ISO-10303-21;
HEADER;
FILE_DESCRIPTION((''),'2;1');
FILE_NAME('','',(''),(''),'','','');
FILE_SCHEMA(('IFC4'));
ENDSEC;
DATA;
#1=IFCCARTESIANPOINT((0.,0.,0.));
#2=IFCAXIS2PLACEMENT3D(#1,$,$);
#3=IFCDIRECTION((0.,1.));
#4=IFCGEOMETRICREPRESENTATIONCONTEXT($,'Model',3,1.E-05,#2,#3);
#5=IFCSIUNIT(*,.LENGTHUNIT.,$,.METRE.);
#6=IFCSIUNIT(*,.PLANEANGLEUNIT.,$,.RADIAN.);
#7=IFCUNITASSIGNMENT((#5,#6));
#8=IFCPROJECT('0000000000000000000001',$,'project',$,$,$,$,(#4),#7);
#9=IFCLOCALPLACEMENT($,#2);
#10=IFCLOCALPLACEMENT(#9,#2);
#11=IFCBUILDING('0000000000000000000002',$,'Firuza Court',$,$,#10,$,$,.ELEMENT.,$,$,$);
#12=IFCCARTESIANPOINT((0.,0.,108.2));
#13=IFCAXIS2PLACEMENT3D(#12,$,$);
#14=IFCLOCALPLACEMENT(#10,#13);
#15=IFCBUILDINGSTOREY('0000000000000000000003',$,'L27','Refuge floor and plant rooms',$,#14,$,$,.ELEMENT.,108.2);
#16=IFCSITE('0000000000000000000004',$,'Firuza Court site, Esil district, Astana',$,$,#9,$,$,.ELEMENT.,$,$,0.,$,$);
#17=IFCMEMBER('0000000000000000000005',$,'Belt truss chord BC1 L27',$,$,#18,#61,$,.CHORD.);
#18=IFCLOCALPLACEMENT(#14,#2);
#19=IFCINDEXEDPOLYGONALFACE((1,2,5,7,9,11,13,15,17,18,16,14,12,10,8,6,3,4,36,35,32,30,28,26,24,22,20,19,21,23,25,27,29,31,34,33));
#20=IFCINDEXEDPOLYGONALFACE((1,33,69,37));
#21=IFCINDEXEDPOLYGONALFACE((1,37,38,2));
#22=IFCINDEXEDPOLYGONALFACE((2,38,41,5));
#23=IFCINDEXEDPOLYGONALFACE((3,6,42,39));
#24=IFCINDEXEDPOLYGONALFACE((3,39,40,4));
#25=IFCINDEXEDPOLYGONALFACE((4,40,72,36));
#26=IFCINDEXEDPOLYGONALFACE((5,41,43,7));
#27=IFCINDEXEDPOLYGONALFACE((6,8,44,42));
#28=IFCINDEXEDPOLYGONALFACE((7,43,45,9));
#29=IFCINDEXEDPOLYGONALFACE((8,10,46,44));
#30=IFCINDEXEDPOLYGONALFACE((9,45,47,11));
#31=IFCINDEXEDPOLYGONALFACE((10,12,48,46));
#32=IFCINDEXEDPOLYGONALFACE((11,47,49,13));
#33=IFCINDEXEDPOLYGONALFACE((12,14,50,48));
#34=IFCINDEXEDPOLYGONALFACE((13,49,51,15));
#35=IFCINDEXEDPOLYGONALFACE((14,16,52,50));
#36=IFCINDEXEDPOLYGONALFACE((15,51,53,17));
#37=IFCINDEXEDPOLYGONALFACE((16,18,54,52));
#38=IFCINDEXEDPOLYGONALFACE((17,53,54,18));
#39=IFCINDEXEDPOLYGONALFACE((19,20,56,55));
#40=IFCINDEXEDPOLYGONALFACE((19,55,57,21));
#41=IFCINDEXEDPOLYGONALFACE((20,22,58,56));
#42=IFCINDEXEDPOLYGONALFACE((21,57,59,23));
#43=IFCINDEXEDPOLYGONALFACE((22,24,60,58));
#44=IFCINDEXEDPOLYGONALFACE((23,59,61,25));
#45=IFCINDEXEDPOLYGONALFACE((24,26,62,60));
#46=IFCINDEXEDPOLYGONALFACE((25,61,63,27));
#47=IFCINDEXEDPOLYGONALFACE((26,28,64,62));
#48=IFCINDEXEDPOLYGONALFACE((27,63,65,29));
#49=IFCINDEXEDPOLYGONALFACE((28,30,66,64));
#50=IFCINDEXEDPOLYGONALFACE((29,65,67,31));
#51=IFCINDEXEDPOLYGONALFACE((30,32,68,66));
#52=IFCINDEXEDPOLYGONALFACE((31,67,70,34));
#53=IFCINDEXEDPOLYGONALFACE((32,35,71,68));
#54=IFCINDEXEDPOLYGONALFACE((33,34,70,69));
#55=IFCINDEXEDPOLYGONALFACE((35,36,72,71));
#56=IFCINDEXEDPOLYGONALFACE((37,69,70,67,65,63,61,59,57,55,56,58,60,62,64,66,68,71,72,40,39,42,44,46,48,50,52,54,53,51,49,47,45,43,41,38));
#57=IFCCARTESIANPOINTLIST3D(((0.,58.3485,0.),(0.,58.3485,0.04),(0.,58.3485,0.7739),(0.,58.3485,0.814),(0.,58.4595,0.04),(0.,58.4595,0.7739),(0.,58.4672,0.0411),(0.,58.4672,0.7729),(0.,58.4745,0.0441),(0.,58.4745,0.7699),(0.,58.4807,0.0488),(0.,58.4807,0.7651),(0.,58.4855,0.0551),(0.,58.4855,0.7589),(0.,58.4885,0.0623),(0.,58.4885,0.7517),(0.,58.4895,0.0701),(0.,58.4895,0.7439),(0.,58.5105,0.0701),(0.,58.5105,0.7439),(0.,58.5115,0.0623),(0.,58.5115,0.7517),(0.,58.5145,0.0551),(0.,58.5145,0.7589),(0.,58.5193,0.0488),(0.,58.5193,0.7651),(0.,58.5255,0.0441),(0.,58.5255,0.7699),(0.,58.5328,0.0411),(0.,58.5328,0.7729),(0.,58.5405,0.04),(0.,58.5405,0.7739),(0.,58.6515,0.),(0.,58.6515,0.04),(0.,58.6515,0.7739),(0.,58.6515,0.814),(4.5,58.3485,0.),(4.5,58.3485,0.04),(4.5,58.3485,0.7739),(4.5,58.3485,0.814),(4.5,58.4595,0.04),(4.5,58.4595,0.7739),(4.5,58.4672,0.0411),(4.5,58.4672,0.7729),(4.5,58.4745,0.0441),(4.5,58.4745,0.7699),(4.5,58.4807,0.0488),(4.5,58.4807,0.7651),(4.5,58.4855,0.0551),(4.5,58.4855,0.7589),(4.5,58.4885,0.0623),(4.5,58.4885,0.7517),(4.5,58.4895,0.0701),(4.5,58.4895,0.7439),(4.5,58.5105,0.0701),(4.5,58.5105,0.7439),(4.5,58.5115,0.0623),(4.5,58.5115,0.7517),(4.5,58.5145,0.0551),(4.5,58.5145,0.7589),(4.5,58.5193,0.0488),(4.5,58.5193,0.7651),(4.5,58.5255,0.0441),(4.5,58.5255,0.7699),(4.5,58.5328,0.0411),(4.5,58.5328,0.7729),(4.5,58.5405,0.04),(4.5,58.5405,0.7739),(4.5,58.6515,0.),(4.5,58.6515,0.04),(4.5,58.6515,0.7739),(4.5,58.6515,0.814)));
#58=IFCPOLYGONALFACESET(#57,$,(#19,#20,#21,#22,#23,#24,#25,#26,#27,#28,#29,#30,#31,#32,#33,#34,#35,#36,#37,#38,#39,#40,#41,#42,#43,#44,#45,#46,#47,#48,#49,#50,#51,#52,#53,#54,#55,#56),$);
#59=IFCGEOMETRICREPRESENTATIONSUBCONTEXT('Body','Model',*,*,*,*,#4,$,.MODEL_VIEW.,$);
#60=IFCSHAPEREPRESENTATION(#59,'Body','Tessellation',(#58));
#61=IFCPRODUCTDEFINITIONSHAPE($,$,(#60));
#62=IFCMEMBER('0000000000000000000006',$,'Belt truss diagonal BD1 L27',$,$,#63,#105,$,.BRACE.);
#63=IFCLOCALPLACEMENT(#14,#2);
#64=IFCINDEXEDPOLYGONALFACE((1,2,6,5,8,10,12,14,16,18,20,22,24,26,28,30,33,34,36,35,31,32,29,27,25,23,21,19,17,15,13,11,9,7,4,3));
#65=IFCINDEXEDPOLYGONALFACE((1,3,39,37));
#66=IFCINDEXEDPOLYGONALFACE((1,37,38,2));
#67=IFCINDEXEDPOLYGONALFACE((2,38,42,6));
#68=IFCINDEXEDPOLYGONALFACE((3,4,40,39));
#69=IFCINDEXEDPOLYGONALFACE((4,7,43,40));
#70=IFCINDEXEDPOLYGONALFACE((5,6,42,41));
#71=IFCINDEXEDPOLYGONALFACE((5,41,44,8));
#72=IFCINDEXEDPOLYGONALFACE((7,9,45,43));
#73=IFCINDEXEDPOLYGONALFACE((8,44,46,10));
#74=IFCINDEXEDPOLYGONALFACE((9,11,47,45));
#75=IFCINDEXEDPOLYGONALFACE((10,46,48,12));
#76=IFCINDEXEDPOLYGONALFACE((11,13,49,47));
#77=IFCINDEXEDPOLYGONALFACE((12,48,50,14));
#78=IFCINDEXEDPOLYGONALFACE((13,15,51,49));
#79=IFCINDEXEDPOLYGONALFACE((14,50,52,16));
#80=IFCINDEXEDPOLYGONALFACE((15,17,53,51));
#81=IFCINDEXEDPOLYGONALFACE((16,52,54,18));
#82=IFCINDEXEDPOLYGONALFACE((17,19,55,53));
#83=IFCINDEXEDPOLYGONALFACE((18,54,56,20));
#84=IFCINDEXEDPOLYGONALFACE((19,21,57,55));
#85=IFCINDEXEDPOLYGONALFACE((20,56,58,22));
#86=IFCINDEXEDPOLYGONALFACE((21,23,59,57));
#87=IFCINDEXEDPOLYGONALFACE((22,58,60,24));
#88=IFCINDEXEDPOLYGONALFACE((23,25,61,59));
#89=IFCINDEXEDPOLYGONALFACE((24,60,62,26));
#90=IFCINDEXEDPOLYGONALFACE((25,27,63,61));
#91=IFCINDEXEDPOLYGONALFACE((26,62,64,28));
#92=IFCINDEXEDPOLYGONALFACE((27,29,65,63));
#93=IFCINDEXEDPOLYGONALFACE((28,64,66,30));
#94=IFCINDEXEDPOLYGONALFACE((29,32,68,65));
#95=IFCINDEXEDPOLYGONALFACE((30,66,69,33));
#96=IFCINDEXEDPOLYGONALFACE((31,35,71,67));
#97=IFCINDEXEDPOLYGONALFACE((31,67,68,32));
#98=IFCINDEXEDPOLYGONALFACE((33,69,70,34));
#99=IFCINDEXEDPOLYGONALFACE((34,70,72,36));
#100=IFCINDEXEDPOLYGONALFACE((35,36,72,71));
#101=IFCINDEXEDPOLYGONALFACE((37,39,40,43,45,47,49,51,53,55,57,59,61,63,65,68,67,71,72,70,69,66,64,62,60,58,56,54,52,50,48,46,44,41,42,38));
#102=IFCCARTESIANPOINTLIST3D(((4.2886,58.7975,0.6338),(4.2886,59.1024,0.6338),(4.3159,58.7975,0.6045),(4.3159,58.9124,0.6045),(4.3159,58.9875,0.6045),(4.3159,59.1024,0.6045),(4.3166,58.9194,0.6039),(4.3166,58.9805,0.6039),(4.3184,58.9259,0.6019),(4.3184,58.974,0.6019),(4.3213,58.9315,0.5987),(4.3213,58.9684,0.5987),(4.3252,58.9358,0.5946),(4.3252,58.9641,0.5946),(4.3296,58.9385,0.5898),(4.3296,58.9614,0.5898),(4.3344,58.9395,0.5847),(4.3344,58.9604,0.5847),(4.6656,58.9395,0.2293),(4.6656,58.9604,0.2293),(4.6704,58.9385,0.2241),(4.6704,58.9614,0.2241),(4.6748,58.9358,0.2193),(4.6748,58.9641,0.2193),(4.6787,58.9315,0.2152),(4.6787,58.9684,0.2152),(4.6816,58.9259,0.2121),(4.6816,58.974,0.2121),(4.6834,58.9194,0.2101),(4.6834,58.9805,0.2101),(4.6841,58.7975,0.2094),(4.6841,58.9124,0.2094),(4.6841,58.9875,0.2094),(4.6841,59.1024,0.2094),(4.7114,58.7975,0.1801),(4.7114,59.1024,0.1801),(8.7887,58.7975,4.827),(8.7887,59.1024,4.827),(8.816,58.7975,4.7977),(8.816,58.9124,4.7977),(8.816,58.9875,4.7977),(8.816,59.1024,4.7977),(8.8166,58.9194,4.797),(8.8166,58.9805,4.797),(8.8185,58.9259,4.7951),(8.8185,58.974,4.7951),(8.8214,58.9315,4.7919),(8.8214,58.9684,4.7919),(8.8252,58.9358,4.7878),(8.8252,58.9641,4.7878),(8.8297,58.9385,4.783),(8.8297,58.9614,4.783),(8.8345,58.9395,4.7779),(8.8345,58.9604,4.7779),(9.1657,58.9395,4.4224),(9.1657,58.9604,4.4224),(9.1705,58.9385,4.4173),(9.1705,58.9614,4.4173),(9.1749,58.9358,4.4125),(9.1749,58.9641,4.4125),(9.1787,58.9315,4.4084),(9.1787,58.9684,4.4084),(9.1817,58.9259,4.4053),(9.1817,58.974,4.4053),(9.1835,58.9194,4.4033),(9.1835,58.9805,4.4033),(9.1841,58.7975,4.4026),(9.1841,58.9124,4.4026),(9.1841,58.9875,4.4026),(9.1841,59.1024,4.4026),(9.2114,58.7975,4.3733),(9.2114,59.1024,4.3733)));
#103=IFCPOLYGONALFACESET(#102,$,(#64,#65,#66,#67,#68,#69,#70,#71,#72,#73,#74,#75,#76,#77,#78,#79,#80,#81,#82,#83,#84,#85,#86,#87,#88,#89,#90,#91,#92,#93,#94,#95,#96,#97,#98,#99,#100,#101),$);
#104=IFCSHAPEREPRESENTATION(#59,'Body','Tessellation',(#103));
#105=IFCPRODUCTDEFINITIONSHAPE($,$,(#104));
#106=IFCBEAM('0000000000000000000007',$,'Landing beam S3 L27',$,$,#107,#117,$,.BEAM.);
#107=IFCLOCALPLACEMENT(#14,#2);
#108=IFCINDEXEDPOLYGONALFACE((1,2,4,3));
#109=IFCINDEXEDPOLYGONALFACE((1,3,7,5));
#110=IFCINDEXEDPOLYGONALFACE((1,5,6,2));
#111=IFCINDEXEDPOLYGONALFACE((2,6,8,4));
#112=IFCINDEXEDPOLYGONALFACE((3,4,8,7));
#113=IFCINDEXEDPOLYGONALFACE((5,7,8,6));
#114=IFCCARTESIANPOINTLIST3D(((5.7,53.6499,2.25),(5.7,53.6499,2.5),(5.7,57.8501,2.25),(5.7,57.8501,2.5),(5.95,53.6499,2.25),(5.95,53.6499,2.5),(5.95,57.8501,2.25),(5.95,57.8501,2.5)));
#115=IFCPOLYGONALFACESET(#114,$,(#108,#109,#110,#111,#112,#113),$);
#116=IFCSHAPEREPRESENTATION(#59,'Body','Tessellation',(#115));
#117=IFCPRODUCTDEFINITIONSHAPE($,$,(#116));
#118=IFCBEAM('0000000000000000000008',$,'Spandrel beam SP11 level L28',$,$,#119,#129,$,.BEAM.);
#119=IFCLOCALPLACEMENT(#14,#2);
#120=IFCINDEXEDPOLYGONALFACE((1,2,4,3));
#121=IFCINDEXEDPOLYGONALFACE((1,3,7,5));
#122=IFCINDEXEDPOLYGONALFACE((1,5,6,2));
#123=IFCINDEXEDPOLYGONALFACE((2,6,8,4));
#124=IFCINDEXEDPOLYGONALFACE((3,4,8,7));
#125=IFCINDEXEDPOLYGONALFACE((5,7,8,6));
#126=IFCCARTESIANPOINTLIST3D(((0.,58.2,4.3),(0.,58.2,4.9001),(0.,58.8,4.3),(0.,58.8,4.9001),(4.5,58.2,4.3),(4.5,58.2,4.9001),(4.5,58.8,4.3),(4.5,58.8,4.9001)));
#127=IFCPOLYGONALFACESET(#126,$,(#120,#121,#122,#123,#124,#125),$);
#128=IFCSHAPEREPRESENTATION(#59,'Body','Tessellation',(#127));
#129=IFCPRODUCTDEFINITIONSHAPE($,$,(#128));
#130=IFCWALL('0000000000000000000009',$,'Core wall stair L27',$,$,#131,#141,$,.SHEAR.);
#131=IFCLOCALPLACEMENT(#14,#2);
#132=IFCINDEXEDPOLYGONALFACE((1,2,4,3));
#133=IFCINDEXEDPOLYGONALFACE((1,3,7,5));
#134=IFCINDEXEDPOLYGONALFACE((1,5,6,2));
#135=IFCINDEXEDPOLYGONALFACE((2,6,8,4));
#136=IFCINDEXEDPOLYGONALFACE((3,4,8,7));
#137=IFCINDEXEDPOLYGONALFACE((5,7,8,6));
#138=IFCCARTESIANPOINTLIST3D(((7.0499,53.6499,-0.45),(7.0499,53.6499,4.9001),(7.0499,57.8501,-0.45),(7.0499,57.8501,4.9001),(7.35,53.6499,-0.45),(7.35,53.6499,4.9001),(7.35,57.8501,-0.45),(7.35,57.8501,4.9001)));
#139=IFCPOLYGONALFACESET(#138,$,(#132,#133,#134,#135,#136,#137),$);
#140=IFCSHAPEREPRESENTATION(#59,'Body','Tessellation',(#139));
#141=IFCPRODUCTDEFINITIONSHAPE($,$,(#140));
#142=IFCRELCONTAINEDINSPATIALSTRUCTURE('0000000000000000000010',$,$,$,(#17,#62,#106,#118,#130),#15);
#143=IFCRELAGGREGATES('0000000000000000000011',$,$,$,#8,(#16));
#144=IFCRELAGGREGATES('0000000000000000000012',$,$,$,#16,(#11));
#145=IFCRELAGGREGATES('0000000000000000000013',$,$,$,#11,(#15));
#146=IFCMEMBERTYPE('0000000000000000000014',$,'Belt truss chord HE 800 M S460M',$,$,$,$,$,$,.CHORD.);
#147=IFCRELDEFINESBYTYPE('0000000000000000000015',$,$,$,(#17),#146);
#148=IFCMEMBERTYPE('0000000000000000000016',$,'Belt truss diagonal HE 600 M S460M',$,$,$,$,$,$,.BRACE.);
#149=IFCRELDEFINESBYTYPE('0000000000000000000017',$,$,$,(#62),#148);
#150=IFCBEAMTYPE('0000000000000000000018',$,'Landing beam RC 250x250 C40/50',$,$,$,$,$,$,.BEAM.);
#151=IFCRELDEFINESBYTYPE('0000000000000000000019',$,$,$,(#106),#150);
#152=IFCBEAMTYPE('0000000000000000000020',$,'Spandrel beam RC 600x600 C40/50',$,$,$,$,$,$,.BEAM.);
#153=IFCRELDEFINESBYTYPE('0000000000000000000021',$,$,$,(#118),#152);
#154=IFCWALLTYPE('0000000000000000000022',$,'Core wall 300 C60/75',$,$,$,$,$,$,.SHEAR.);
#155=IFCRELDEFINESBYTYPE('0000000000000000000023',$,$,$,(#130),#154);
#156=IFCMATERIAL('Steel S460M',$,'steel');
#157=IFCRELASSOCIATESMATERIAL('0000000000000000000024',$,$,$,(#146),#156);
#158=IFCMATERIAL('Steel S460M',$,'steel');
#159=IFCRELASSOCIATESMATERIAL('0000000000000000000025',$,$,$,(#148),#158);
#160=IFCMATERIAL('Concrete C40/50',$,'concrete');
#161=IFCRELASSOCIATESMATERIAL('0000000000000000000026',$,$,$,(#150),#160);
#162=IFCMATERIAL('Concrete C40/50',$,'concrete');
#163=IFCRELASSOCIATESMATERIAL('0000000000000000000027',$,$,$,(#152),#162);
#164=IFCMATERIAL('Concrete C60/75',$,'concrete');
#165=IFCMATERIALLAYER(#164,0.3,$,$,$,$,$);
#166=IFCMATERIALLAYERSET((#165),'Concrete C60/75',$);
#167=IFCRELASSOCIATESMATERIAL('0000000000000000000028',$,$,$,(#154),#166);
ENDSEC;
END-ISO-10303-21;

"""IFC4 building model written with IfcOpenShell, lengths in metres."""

from ifc_helpers import new_model, si_unit, direction, frame, frame_2d, origin, origin_2d, place, context, subcontext, project, spatial, rectangle, i_section, extrude, material, layer, layer_set, material_profile, profile_set, type_object, element, save


model = new_model("IFC4")

# Units and contexts
model_context = context("Model", 3, precision=1e-05, world=origin(), true_north=direction((0.0, 1.0)))
body_context = subcontext(model_context, "Body", "Model", "MODEL_VIEW")
ifc_project = project(units=[si_unit("LENGTHUNIT", "METRE"), si_unit("PLANEANGLEUNIT", "RADIAN")], contexts=[model_context])

# Site, building, storey
site_placement = place(None, origin())
site = spatial("IfcSite", under=ifc_project, at=site_placement, Name="Firuza Court site, Esil district, Astana", CompositionType="ELEMENT", RefElevation=0.0)
building_placement = place(site_placement, origin())
building = spatial("IfcBuilding", under=site, at=building_placement, Name="Firuza Court", CompositionType="ELEMENT")
storey_placement = place(building_placement, frame((0.0, 0.0, 108.2)))
storey = spatial("IfcBuildingStorey", under=building, at=storey_placement, Name="L27", Description="Refuge floor and plant rooms", CompositionType="ELEMENT", Elevation=108.2)

# Members
ifc_material_1 = material(Name="Steel S460M", Category="steel")
ifc_material_profile_1 = material_profile(ifc_material_1, i_section(OverallWidth=0.303, OverallDepth=0.814, WebThickness=0.021, FlangeThickness=0.04, FilletRadius=0.03, at=origin_2d()), Name="HE 800 M")
ifc_profile_set_1 = profile_set([ifc_material_profile_1], Name="Steel S460M")
member_type_1 = type_object("IfcMemberType", Name="Belt truss chord HE 800 M S460M", PredefinedType="CHORD", material=ifc_profile_set_1)
member_1_placement = place(storey_placement, frame((4.5, 58.5, 0.407), z_axis=(-1.0, 0.0, 0.0), x_axis=(0.0, -1.0, 0.0)))
element("IfcMember", 1, at=member_1_placement, inside=storey, type_object=member_type_1, Name="Belt truss chord BC1 L27", PredefinedType="CHORD", context=body_context, shape_type="SweptSolid", body=[
    extrude(i_section(OverallWidth=0.303, OverallDepth=0.814, WebThickness=0.021, FlangeThickness=0.04, FilletRadius=0.03, at=origin_2d()), origin(), (0.0, 0.0, 1.0), 4.5),
])
ifc_material_2 = material(Name="Steel S460M", Category="steel")
ifc_material_profile_2 = material_profile(ifc_material_2, i_section(OverallWidth=0.3049, OverallDepth=0.6201, WebThickness=0.021, FlangeThickness=0.04, FilletRadius=0.0271, at=origin_2d()), Name="HE 600 M")
ifc_profile_set_2 = profile_set([ifc_material_profile_2], Name="Steel S460M")
member_type_2 = type_object("IfcMemberType", Name="Belt truss diagonal HE 600 M S460M", PredefinedType="BRACE", material=ifc_profile_set_2)
member_2_placement = place(storey_placement, frame((4.5, 58.95, 0.407), z_axis=(0.731613, 0.0, 0.68172), x_axis=(0.0, 1.0, 0.0)))
element("IfcMember", 2, at=member_2_placement, inside=storey, type_object=member_type_2, Name="Belt truss diagonal BD1 L27", PredefinedType="BRACE", context=body_context, shape_type="SweptSolid", body=[
    extrude(i_section(OverallWidth=0.3049, OverallDepth=0.6201, WebThickness=0.021, FlangeThickness=0.04, FilletRadius=0.0271, at=origin_2d()), origin(), (0.0, 0.0, 1.0), 6.1509),
])

# Beams
ifc_material_3 = material(Name="Concrete C40/50", Category="concrete")
ifc_material_profile_3 = material_profile(ifc_material_3, rectangle(XDim=0.25, YDim=0.25, at=origin_2d()), Name="RC 250x250")
ifc_profile_set_3 = profile_set([ifc_material_profile_3], Name="Concrete C40/50")
beam_type_1 = type_object("IfcBeamType", Name="Landing beam RC 250x250 C40/50", PredefinedType="BEAM", material=ifc_profile_set_3)
beam_1_placement = place(storey_placement, frame((5.825, 53.6499, 2.375), z_axis=(0.0, 1.0, 0.0), x_axis=(-1.0, 0.0, 0.0)))
element("IfcBeam", 3, at=beam_1_placement, inside=storey, type_object=beam_type_1, Name="Landing beam S3 L27", PredefinedType="BEAM", context=body_context, shape_type="SweptSolid", body=[
    extrude(rectangle(XDim=0.25, YDim=0.25, at=origin_2d()), origin(), (0.0, 0.0, 1.0), 4.2002),
])
ifc_material_4 = material(Name="Concrete C40/50", Category="concrete")
ifc_material_profile_4 = material_profile(ifc_material_4, rectangle(XDim=0.6001, YDim=0.6001, at=origin_2d()), Name="RC 600x600")
ifc_profile_set_4 = profile_set([ifc_material_profile_4], Name="Concrete C40/50")
beam_type_2 = type_object("IfcBeamType", Name="Spandrel beam RC 600x600 C40/50", PredefinedType="BEAM", material=ifc_profile_set_4)
beam_2_placement = place(storey_placement, frame((4.5, 58.5, 4.6001), z_axis=(-1.0, 0.0, 0.0), x_axis=(0.0, -1.0, 0.0)))
element("IfcBeam", 4, at=beam_2_placement, inside=storey, type_object=beam_type_2, Name="Spandrel beam SP11 level L28", PredefinedType="BEAM", context=body_context, shape_type="SweptSolid", body=[
    extrude(rectangle(XDim=0.6001, YDim=0.6001, at=origin_2d()), origin(), (0.0, 0.0, 1.0), 4.5),
])

# Wall
ifc_material_5 = material(Name="Concrete C60/75", Category="concrete")
ifc_layer_1 = layer(ifc_material_5, 0.3)
ifc_layer_set_1 = layer_set([ifc_layer_1], Name="Concrete C60/75")
wall_type_1 = type_object("IfcWallType", Name="Core wall 300 C60/75", PredefinedType="SHEAR", material=ifc_layer_set_1)
wall_1_placement = place(storey_placement, frame((7.2, 53.6499, -0.45), z_axis=(0.0, 0.0, 1.0), x_axis=(0.0, 1.0, 0.0)))
element("IfcWall", 5, at=wall_1_placement, inside=storey, type_object=wall_type_1, Name="Core wall stair L27", PredefinedType="SHEAR", context=body_context, shape_type="SweptSolid", body=[
    extrude(rectangle(XDim=4.2002, YDim=0.3, at=frame_2d((2.1001, 0.0))), origin(), (0.0, 0.0, 1.0), 5.3501),
])

save(model, "model.ifc")
